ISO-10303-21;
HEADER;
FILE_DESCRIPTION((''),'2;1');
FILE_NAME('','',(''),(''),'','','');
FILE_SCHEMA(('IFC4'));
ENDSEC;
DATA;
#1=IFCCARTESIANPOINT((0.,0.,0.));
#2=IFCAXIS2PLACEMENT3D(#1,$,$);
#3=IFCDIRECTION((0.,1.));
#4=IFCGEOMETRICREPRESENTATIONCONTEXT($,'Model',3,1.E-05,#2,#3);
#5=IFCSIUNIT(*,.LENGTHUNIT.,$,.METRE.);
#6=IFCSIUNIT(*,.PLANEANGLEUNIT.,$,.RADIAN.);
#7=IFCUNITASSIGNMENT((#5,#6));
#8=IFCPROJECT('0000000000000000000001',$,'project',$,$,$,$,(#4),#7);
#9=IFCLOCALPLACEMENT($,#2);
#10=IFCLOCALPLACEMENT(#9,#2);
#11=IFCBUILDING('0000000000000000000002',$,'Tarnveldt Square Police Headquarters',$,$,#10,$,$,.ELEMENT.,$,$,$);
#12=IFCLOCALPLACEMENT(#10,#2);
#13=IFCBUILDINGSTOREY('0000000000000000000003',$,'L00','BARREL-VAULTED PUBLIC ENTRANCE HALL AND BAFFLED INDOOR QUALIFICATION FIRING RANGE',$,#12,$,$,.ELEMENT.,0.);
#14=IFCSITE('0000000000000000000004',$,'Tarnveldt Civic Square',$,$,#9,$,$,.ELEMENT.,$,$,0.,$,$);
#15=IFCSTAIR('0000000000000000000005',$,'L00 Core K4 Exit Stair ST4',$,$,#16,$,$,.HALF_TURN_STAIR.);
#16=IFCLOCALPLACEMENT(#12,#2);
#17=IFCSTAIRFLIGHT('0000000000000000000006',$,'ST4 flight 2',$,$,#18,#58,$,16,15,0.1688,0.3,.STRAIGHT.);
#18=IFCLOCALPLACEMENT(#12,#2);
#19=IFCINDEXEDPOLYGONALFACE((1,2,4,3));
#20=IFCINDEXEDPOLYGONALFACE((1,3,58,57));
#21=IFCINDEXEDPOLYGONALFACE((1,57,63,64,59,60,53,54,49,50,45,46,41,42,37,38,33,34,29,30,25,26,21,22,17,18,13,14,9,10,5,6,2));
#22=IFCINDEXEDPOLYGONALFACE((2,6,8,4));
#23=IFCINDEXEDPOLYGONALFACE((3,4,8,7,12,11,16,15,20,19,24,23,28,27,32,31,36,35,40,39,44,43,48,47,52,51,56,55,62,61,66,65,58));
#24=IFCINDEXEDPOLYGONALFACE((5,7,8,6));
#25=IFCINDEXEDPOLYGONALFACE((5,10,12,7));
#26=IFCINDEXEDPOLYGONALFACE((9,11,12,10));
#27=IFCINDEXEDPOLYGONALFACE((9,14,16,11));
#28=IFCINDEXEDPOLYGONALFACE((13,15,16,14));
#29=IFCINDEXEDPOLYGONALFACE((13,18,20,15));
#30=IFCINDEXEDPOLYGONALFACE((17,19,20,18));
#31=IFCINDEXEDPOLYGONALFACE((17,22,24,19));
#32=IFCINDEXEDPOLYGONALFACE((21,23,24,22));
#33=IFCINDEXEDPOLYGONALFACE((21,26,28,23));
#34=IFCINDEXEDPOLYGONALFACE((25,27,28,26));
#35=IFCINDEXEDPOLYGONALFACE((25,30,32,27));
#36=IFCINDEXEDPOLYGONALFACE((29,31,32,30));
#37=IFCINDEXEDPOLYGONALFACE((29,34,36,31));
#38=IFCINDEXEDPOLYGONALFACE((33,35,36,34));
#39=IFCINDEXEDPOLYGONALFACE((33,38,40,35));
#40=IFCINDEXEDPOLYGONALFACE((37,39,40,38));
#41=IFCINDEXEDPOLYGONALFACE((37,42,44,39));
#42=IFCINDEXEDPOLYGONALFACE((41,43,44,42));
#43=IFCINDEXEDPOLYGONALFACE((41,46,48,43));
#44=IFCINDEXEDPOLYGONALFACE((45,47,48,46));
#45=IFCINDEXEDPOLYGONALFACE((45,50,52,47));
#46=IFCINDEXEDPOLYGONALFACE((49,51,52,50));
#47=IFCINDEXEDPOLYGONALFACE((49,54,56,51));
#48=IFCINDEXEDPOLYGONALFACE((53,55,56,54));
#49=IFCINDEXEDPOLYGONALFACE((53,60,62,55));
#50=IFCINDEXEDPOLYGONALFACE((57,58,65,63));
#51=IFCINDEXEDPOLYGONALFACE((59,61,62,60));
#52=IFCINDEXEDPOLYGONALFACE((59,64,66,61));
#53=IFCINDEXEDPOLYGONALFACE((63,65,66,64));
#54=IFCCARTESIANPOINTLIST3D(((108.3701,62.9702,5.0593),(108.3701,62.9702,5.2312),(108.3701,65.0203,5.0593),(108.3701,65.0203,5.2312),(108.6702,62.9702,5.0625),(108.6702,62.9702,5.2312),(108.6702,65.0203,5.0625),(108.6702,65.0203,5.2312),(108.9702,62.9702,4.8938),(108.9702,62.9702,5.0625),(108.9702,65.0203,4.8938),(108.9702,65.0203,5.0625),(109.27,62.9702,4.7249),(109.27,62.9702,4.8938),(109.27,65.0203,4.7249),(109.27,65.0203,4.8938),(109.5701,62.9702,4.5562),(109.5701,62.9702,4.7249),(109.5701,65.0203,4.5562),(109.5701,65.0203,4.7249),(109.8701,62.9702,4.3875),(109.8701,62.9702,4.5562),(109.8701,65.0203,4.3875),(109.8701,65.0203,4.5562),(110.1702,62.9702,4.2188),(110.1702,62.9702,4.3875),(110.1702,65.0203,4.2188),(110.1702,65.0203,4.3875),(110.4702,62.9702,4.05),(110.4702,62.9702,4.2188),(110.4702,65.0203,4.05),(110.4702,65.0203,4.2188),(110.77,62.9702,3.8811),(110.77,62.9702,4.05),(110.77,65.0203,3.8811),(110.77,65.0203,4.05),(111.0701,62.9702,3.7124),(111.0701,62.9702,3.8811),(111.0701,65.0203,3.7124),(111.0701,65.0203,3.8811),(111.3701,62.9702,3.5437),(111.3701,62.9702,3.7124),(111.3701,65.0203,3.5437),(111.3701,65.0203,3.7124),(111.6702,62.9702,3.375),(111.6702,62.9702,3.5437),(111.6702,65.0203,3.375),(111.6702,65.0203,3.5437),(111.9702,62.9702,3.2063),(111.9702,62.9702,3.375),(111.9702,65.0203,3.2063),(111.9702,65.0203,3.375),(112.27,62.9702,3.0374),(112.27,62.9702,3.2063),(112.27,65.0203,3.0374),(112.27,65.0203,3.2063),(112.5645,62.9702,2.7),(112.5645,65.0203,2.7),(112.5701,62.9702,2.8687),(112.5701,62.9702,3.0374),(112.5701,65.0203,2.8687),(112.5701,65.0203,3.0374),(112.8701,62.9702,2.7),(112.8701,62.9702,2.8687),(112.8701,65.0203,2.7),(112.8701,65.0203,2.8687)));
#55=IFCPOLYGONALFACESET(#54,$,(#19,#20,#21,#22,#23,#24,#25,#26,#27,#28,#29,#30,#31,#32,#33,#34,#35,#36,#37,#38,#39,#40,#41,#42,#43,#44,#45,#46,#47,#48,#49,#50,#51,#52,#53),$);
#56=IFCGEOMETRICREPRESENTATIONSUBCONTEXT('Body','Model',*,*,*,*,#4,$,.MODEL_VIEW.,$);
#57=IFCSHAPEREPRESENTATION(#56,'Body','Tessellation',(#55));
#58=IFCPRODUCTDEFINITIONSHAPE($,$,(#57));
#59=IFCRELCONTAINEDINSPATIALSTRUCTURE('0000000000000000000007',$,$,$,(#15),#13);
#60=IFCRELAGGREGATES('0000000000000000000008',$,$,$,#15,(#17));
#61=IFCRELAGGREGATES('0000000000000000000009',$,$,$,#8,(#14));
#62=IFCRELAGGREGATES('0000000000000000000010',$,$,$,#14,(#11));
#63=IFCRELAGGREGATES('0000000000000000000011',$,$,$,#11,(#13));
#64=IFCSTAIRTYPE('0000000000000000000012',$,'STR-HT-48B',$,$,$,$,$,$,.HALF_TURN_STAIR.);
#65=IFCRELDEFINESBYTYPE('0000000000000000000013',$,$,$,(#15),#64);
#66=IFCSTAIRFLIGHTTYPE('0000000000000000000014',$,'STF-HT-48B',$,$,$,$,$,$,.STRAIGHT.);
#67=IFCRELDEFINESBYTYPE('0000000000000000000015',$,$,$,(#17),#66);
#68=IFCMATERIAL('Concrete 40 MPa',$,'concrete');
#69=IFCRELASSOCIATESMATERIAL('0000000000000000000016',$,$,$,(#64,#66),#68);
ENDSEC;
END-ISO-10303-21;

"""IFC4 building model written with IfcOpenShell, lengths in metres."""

from ifc_helpers import new_model, si_unit, direction, frame, origin, place, context, subcontext, project, spatial, polyline, outline, extrude, material, type_object, element, aggregate, save


model = new_model("IFC4")

# Units and contexts
model_context = context("Model", 3, precision=1e-05, world=origin(), true_north=direction((0.0, 1.0)))
body_context = subcontext(model_context, "Body", "Model", "MODEL_VIEW")
ifc_project = project(units=[si_unit("LENGTHUNIT", "METRE"), si_unit("PLANEANGLEUNIT", "RADIAN")], contexts=[model_context])

# Site, building, storey
site_placement = place(None, origin())
site = spatial("IfcSite", under=ifc_project, at=site_placement, Name="Tarnveldt Civic Square", CompositionType="ELEMENT", RefElevation=0.0)
building_placement = place(site_placement, origin())
building = spatial("IfcBuilding", under=site, at=building_placement, Name="Tarnveldt Square Police Headquarters", CompositionType="ELEMENT")
storey_placement = place(building_placement, origin())
storey = spatial("IfcBuildingStorey", under=building, at=storey_placement, Name="L00", Description="BARREL-VAULTED PUBLIC ENTRANCE HALL AND BAFFLED INDOOR QUALIFICATION FIRING RANGE", CompositionType="ELEMENT", Elevation=0.0)

# Shared definitions
ifc_material_1 = material(Name="Concrete 40 MPa", Category="concrete")

# Stair, stair flight
stair_type = type_object("IfcStairType", Name="STR-HT-48B", PredefinedType="HALF_TURN_STAIR", material=ifc_material_1)
stair_placement = place(storey_placement, origin())
stair = element("IfcStair", 1, at=stair_placement, inside=storey, type_object=stair_type, Name="L00 Core K4 Exit Stair ST4", PredefinedType="HALF_TURN_STAIR")
stair_flight_type = type_object("IfcStairFlightType", Name="STF-HT-48B", PredefinedType="STRAIGHT", material=ifc_material_1)
stair_flight_1_placement = place(storey_placement, frame((112.8701, 63.9951, 2.7), z_axis=(0.0, 0.0, 1.0), x_axis=(-1.0, 0.0, 0.0)))
stair_flight_1 = element("IfcStairFlight", 2, at=stair_flight_1_placement, type_object=stair_flight_type, Name="ST4 flight 2", NumberOfRisers=16, NumberOfTreads=15, PredefinedType="STRAIGHT", RiserHeight=0.1688, TreadLength=0.3, context=body_context, shape_type="SweptSolid", body=[
    extrude(outline(polyline([(0.0, 0.0), (0.0, 0.1687), (0.3, 0.1687), (0.3, 0.3374), (0.6001, 0.3374), (0.6001, 0.5063), (0.8999, 0.5063), (0.8999, 0.675), (1.2, 0.675), (1.2, 0.8438), (1.5, 0.8438), (1.5, 1.0125), (1.8, 1.0125), (1.8, 1.1812), (2.1001, 1.1812), (2.1001, 1.3501), (2.3999, 1.3501), (2.3999, 1.5188), (2.7, 1.5188), (2.7, 1.6875), (3.0, 1.6875), (3.0, 1.8562), (3.3, 1.8562), (3.3, 2.0249), (3.6001, 2.0249), (3.6001, 2.1938), (3.8999, 2.1938), (3.8999, 2.3625), (4.2, 2.3625), (4.2, 2.5312), (4.5, 2.5312), (4.5, 2.7), (4.5, 2.3594), (0.3057, 0.0), (0.0, 0.0)])), frame((0.0, 1.0249, 0.0), z_axis=(0.0, -1.0, 0.0), x_axis=(1.0, 0.0, 0.0)), (0.0, 0.0, 1.0), 2.05),
])
aggregate(stair, [stair_flight_1])

save(model, "model.ifc")
